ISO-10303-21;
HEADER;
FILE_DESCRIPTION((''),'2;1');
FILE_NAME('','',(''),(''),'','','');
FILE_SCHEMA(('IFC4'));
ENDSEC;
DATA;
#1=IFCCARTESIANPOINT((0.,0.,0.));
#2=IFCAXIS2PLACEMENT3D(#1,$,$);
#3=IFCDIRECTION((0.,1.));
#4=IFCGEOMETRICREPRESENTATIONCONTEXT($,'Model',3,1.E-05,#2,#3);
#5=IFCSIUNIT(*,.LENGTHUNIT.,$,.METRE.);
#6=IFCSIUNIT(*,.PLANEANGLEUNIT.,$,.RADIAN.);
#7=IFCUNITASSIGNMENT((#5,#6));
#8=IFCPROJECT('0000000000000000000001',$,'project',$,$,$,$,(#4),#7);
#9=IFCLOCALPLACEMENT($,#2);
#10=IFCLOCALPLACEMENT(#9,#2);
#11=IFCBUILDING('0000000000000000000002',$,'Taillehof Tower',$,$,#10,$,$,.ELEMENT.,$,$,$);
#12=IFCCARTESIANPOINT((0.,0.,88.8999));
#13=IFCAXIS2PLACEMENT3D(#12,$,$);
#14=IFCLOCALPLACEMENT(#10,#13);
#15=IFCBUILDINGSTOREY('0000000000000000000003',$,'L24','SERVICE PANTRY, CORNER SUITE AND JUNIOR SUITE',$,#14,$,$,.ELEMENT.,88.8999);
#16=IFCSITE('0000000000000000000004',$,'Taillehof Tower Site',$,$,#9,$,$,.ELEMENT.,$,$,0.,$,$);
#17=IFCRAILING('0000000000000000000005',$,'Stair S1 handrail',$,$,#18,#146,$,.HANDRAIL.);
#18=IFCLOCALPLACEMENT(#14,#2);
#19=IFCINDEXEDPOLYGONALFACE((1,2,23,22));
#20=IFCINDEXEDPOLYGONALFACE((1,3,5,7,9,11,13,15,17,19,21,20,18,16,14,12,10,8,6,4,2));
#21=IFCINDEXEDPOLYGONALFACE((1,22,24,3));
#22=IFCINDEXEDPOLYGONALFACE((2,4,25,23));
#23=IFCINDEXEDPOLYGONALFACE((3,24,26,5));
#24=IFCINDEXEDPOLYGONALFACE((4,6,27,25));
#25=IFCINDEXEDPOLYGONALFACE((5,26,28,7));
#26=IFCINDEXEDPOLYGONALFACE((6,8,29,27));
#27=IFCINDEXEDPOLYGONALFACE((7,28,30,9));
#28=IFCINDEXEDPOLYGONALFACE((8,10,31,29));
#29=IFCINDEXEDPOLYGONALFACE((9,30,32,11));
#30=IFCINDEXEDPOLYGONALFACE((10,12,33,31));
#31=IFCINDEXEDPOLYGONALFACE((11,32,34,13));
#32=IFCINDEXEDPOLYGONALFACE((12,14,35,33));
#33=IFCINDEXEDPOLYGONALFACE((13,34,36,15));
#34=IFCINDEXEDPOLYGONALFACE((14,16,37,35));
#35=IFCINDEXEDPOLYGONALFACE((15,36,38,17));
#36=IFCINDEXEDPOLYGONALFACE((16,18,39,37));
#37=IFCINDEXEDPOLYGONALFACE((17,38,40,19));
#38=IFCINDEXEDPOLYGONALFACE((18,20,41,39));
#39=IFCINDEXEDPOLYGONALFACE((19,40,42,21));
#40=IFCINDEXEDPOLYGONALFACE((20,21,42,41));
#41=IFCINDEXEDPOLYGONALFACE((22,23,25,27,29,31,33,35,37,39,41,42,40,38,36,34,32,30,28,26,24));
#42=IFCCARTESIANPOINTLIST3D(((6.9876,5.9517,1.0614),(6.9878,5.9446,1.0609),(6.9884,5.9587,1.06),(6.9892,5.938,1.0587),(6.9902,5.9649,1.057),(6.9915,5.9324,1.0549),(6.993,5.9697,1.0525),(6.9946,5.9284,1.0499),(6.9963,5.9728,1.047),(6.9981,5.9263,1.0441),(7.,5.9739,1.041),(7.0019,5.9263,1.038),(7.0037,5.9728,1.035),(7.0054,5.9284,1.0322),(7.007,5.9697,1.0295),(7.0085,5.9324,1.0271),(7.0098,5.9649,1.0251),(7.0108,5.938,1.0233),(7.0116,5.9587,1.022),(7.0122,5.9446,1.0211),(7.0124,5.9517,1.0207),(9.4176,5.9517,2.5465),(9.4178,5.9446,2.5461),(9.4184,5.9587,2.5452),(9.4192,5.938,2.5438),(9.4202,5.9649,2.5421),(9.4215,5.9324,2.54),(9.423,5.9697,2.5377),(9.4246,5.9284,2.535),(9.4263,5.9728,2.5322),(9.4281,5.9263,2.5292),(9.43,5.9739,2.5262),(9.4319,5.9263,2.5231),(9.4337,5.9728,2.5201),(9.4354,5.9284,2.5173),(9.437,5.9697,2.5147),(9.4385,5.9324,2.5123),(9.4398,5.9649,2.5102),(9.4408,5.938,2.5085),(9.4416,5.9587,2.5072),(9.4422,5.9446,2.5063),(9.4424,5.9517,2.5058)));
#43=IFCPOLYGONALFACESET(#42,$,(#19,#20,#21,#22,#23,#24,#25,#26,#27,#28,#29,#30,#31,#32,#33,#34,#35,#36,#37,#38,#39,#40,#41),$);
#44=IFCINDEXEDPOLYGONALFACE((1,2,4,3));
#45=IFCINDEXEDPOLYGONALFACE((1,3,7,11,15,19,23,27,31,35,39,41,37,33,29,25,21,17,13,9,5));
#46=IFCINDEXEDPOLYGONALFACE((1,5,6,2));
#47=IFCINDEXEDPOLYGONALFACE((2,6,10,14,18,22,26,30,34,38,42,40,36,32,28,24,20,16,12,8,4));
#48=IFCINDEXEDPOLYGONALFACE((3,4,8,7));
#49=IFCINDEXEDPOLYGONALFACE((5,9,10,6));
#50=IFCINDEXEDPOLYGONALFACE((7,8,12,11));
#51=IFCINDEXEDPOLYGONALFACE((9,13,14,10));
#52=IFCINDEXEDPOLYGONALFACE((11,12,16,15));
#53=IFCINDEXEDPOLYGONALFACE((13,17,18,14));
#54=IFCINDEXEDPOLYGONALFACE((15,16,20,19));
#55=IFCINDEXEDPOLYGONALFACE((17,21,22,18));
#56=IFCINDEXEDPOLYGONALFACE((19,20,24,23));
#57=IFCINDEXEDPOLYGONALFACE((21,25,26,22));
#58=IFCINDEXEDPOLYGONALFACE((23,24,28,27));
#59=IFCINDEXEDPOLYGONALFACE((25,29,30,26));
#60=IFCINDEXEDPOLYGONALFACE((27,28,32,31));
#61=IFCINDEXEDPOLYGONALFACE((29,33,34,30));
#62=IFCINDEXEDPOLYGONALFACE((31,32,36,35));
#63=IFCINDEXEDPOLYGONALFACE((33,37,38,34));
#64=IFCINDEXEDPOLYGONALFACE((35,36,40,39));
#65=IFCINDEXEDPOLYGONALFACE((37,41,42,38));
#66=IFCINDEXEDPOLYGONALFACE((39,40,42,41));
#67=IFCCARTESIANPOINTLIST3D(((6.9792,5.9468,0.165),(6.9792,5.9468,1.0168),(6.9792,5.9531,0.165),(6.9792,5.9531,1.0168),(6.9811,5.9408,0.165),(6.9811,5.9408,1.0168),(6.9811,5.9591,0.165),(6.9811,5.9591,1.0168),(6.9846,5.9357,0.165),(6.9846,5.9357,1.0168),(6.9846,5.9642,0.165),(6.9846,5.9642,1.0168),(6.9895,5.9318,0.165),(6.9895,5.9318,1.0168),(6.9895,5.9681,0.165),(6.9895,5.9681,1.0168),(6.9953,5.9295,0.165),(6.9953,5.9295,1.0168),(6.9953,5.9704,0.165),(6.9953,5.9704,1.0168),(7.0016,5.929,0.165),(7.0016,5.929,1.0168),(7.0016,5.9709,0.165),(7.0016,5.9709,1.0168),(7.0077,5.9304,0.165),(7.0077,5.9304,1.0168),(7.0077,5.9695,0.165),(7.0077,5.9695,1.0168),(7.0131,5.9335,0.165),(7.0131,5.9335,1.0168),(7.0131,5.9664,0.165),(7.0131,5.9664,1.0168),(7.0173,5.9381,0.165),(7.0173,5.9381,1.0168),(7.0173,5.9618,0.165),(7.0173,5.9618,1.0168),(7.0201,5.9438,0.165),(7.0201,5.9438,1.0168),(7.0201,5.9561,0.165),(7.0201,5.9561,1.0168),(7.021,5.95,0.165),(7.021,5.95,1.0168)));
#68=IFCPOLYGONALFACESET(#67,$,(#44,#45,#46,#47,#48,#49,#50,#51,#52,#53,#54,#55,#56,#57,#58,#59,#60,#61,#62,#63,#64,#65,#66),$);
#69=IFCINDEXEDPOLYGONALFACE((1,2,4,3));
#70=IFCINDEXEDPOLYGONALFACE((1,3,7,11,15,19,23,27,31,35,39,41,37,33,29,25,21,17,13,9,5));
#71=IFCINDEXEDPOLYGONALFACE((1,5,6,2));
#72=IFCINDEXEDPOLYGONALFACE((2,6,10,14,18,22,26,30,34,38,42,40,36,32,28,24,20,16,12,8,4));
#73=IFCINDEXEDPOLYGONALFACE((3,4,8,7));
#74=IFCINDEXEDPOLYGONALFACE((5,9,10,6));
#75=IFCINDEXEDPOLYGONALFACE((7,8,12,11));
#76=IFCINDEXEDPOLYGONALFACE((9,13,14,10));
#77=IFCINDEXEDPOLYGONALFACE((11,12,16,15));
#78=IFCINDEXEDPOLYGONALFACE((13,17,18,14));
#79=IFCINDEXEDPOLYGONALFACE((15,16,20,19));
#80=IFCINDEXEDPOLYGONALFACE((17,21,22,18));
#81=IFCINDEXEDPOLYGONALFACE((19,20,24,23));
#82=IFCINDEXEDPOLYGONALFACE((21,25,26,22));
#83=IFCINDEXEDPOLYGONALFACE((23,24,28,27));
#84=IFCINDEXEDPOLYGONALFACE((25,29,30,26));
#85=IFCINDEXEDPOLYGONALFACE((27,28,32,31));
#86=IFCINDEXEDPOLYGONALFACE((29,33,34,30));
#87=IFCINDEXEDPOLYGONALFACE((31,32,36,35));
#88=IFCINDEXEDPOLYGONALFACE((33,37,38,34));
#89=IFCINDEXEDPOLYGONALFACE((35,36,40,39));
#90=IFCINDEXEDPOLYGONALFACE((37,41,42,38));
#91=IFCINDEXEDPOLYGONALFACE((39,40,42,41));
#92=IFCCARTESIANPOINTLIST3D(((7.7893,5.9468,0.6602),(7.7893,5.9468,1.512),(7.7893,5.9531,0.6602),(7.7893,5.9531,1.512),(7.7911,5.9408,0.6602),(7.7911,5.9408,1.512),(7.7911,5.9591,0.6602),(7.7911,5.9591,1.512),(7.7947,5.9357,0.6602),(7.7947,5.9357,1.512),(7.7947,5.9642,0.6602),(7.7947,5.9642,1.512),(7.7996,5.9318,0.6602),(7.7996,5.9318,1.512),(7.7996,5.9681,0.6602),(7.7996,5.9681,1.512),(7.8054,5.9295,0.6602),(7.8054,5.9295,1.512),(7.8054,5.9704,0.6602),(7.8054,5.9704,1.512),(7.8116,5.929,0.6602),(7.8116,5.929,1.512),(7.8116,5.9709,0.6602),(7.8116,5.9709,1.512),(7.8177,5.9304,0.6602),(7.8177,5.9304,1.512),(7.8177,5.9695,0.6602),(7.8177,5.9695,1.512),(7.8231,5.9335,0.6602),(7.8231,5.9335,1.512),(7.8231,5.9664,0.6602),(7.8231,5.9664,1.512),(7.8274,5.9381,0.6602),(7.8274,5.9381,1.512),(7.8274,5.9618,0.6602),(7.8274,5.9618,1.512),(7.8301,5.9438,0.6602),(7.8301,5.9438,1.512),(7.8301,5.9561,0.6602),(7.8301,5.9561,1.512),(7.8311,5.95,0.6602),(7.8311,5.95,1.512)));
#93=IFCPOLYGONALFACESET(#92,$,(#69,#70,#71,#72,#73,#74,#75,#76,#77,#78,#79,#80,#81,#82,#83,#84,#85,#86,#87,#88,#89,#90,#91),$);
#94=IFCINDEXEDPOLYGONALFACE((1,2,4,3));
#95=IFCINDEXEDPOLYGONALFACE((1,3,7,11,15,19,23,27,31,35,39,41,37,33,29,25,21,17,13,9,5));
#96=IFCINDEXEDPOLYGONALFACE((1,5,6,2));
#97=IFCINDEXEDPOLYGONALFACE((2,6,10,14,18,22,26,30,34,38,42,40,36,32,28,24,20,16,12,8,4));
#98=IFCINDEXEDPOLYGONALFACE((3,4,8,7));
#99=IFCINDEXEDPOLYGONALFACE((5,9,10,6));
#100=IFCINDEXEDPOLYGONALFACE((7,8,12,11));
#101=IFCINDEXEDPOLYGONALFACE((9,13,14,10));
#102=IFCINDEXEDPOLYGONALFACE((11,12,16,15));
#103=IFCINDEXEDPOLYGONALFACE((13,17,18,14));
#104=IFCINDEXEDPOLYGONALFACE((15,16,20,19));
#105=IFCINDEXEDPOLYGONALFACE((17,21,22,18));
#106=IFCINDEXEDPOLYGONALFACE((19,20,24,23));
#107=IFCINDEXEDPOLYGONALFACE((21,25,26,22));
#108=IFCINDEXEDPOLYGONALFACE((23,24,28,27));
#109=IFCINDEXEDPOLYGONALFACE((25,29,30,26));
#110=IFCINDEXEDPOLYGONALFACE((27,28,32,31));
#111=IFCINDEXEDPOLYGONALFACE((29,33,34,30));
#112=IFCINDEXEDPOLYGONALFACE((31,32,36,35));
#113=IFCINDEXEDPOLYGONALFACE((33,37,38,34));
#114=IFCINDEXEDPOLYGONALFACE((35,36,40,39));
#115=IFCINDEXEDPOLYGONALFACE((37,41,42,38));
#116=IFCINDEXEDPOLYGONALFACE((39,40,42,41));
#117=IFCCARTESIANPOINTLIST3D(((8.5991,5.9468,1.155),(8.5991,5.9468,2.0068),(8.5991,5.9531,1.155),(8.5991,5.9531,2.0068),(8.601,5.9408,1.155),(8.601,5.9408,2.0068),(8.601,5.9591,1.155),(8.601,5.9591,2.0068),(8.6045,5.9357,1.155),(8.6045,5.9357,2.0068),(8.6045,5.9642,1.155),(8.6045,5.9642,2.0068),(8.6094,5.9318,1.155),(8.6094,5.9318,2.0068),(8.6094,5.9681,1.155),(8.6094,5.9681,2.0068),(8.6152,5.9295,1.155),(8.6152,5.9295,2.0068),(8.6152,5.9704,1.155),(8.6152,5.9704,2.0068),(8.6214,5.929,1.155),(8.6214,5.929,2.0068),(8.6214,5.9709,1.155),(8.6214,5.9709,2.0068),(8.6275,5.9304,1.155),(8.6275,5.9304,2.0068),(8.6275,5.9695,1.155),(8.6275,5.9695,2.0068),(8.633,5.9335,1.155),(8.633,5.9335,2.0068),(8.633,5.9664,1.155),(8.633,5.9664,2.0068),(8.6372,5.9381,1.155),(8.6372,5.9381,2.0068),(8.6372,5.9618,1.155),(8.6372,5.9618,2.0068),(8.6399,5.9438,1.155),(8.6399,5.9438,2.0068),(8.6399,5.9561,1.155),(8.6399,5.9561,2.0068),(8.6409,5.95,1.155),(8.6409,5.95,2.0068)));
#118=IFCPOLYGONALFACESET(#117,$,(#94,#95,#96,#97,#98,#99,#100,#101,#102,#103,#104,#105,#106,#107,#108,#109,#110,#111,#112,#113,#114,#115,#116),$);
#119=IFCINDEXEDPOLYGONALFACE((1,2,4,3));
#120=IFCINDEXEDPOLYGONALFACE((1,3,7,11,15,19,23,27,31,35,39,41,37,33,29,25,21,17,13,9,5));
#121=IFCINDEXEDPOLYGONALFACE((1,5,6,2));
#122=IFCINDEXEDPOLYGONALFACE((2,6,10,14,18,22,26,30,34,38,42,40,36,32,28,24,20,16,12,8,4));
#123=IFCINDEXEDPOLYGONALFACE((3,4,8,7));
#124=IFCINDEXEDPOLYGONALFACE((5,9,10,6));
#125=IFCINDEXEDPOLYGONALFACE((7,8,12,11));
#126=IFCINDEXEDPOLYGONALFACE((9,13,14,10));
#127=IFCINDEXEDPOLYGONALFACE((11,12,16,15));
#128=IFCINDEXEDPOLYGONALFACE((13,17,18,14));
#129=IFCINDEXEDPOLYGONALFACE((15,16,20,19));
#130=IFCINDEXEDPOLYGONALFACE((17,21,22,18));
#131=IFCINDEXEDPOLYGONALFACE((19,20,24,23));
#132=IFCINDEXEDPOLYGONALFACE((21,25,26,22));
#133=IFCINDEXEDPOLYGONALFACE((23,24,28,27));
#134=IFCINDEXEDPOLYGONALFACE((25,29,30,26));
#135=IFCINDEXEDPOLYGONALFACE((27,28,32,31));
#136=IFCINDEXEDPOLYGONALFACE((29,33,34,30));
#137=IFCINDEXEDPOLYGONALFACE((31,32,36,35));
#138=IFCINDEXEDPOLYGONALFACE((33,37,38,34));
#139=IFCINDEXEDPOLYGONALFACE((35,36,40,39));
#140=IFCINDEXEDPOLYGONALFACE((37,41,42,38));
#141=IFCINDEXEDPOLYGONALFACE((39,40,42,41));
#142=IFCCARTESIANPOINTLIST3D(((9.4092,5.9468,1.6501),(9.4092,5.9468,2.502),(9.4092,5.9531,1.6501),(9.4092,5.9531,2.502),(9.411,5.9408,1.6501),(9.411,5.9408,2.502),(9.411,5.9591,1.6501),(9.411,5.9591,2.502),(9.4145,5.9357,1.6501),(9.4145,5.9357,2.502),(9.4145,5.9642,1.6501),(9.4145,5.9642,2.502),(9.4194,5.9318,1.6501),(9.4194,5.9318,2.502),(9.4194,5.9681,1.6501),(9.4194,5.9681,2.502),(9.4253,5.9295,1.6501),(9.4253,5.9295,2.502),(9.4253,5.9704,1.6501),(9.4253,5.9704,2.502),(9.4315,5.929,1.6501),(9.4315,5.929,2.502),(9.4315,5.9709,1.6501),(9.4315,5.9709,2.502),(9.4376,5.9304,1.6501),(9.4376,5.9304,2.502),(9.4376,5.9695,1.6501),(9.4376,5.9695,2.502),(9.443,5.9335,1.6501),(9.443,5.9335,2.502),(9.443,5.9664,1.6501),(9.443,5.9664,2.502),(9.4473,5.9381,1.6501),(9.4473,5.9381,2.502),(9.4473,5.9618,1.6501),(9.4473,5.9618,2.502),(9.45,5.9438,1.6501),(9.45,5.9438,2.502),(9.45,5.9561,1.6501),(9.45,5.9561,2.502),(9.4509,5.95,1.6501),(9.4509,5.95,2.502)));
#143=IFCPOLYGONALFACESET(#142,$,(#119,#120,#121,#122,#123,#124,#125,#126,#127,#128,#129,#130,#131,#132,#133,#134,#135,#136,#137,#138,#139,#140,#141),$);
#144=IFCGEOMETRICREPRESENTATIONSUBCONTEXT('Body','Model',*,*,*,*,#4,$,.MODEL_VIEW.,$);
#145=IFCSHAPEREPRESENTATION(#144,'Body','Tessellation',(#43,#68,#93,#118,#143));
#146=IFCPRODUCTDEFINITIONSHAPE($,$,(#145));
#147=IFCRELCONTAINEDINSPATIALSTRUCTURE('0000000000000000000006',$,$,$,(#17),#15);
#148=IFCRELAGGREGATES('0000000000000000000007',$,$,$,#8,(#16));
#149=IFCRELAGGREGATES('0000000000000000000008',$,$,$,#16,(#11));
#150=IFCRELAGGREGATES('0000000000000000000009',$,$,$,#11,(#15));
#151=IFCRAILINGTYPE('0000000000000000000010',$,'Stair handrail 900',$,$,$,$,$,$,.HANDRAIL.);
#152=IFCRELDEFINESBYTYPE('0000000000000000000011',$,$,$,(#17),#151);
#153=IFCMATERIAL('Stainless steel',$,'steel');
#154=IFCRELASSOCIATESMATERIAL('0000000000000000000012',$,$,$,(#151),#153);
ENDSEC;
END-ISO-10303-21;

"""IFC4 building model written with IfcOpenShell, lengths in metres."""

from ifc_helpers import new_model, si_unit, direction, frame, origin, origin_2d, place, context, subcontext, project, spatial, circle, extrude, material, type_object, element, save


model = new_model("IFC4")

# Units and contexts
model_context = context("Model", 3, precision=1e-05, world=origin(), true_north=direction((0.0, 1.0)))
body_context = subcontext(model_context, "Body", "Model", "MODEL_VIEW")
ifc_project = project(units=[si_unit("LENGTHUNIT", "METRE"), si_unit("PLANEANGLEUNIT", "RADIAN")], contexts=[model_context])

# Site, building, storey
site_placement = place(None, origin())
site = spatial("IfcSite", under=ifc_project, at=site_placement, Name="Taillehof Tower Site", CompositionType="ELEMENT", RefElevation=0.0)
building_placement = place(site_placement, origin())
building = spatial("IfcBuilding", under=site, at=building_placement, Name="Taillehof Tower", CompositionType="ELEMENT")
storey_placement = place(building_placement, frame((0.0, 0.0, 88.8999)))
storey = spatial("IfcBuildingStorey", under=building, at=storey_placement, Name="L24", Description="SERVICE PANTRY, CORNER SUITE AND JUNIOR SUITE", CompositionType="ELEMENT", Elevation=88.8999)

# Railing
ifc_material_1 = material(Name="Stainless steel", Category="steel")
railing_type = type_object("IfcRailingType", Name="Stair handrail 900", PredefinedType="HANDRAIL", material=ifc_material_1)
railing_placement = place(storey_placement, frame((7.0, 5.95, 0.165)))
element("IfcRailing", 1, at=railing_placement, inside=storey, type_object=railing_type, Name="Stair S1 handrail", PredefinedType="HANDRAIL", context=body_context, shape_type="SweptSolid", body=[
    extrude(circle(Radius=0.0239, at=origin_2d()), frame((0.0, 0.0, 0.876), z_axis=(0.853259, 0.0, 0.521488), x_axis=(0.0, 1.0, 0.0)), (0.0, 0.0, 1.0), 2.8479),
    extrude(circle(Radius=0.021, at=origin_2d()), origin(), (0.0, 0.0, 1.0), 0.8518),
    extrude(circle(Radius=0.021, at=origin_2d()), frame((0.8101, 0.0, 0.4951)), (0.0, 0.0, 1.0), 0.8518),
    extrude(circle(Radius=0.021, at=origin_2d()), frame((1.6199, 0.0, 0.99)), (0.0, 0.0, 1.0), 0.8518),
    extrude(circle(Radius=0.021, at=origin_2d()), frame((2.4299, 0.0, 1.4851)), (0.0, 0.0, 1.0), 0.8518),
])

save(model, "model.ifc")
